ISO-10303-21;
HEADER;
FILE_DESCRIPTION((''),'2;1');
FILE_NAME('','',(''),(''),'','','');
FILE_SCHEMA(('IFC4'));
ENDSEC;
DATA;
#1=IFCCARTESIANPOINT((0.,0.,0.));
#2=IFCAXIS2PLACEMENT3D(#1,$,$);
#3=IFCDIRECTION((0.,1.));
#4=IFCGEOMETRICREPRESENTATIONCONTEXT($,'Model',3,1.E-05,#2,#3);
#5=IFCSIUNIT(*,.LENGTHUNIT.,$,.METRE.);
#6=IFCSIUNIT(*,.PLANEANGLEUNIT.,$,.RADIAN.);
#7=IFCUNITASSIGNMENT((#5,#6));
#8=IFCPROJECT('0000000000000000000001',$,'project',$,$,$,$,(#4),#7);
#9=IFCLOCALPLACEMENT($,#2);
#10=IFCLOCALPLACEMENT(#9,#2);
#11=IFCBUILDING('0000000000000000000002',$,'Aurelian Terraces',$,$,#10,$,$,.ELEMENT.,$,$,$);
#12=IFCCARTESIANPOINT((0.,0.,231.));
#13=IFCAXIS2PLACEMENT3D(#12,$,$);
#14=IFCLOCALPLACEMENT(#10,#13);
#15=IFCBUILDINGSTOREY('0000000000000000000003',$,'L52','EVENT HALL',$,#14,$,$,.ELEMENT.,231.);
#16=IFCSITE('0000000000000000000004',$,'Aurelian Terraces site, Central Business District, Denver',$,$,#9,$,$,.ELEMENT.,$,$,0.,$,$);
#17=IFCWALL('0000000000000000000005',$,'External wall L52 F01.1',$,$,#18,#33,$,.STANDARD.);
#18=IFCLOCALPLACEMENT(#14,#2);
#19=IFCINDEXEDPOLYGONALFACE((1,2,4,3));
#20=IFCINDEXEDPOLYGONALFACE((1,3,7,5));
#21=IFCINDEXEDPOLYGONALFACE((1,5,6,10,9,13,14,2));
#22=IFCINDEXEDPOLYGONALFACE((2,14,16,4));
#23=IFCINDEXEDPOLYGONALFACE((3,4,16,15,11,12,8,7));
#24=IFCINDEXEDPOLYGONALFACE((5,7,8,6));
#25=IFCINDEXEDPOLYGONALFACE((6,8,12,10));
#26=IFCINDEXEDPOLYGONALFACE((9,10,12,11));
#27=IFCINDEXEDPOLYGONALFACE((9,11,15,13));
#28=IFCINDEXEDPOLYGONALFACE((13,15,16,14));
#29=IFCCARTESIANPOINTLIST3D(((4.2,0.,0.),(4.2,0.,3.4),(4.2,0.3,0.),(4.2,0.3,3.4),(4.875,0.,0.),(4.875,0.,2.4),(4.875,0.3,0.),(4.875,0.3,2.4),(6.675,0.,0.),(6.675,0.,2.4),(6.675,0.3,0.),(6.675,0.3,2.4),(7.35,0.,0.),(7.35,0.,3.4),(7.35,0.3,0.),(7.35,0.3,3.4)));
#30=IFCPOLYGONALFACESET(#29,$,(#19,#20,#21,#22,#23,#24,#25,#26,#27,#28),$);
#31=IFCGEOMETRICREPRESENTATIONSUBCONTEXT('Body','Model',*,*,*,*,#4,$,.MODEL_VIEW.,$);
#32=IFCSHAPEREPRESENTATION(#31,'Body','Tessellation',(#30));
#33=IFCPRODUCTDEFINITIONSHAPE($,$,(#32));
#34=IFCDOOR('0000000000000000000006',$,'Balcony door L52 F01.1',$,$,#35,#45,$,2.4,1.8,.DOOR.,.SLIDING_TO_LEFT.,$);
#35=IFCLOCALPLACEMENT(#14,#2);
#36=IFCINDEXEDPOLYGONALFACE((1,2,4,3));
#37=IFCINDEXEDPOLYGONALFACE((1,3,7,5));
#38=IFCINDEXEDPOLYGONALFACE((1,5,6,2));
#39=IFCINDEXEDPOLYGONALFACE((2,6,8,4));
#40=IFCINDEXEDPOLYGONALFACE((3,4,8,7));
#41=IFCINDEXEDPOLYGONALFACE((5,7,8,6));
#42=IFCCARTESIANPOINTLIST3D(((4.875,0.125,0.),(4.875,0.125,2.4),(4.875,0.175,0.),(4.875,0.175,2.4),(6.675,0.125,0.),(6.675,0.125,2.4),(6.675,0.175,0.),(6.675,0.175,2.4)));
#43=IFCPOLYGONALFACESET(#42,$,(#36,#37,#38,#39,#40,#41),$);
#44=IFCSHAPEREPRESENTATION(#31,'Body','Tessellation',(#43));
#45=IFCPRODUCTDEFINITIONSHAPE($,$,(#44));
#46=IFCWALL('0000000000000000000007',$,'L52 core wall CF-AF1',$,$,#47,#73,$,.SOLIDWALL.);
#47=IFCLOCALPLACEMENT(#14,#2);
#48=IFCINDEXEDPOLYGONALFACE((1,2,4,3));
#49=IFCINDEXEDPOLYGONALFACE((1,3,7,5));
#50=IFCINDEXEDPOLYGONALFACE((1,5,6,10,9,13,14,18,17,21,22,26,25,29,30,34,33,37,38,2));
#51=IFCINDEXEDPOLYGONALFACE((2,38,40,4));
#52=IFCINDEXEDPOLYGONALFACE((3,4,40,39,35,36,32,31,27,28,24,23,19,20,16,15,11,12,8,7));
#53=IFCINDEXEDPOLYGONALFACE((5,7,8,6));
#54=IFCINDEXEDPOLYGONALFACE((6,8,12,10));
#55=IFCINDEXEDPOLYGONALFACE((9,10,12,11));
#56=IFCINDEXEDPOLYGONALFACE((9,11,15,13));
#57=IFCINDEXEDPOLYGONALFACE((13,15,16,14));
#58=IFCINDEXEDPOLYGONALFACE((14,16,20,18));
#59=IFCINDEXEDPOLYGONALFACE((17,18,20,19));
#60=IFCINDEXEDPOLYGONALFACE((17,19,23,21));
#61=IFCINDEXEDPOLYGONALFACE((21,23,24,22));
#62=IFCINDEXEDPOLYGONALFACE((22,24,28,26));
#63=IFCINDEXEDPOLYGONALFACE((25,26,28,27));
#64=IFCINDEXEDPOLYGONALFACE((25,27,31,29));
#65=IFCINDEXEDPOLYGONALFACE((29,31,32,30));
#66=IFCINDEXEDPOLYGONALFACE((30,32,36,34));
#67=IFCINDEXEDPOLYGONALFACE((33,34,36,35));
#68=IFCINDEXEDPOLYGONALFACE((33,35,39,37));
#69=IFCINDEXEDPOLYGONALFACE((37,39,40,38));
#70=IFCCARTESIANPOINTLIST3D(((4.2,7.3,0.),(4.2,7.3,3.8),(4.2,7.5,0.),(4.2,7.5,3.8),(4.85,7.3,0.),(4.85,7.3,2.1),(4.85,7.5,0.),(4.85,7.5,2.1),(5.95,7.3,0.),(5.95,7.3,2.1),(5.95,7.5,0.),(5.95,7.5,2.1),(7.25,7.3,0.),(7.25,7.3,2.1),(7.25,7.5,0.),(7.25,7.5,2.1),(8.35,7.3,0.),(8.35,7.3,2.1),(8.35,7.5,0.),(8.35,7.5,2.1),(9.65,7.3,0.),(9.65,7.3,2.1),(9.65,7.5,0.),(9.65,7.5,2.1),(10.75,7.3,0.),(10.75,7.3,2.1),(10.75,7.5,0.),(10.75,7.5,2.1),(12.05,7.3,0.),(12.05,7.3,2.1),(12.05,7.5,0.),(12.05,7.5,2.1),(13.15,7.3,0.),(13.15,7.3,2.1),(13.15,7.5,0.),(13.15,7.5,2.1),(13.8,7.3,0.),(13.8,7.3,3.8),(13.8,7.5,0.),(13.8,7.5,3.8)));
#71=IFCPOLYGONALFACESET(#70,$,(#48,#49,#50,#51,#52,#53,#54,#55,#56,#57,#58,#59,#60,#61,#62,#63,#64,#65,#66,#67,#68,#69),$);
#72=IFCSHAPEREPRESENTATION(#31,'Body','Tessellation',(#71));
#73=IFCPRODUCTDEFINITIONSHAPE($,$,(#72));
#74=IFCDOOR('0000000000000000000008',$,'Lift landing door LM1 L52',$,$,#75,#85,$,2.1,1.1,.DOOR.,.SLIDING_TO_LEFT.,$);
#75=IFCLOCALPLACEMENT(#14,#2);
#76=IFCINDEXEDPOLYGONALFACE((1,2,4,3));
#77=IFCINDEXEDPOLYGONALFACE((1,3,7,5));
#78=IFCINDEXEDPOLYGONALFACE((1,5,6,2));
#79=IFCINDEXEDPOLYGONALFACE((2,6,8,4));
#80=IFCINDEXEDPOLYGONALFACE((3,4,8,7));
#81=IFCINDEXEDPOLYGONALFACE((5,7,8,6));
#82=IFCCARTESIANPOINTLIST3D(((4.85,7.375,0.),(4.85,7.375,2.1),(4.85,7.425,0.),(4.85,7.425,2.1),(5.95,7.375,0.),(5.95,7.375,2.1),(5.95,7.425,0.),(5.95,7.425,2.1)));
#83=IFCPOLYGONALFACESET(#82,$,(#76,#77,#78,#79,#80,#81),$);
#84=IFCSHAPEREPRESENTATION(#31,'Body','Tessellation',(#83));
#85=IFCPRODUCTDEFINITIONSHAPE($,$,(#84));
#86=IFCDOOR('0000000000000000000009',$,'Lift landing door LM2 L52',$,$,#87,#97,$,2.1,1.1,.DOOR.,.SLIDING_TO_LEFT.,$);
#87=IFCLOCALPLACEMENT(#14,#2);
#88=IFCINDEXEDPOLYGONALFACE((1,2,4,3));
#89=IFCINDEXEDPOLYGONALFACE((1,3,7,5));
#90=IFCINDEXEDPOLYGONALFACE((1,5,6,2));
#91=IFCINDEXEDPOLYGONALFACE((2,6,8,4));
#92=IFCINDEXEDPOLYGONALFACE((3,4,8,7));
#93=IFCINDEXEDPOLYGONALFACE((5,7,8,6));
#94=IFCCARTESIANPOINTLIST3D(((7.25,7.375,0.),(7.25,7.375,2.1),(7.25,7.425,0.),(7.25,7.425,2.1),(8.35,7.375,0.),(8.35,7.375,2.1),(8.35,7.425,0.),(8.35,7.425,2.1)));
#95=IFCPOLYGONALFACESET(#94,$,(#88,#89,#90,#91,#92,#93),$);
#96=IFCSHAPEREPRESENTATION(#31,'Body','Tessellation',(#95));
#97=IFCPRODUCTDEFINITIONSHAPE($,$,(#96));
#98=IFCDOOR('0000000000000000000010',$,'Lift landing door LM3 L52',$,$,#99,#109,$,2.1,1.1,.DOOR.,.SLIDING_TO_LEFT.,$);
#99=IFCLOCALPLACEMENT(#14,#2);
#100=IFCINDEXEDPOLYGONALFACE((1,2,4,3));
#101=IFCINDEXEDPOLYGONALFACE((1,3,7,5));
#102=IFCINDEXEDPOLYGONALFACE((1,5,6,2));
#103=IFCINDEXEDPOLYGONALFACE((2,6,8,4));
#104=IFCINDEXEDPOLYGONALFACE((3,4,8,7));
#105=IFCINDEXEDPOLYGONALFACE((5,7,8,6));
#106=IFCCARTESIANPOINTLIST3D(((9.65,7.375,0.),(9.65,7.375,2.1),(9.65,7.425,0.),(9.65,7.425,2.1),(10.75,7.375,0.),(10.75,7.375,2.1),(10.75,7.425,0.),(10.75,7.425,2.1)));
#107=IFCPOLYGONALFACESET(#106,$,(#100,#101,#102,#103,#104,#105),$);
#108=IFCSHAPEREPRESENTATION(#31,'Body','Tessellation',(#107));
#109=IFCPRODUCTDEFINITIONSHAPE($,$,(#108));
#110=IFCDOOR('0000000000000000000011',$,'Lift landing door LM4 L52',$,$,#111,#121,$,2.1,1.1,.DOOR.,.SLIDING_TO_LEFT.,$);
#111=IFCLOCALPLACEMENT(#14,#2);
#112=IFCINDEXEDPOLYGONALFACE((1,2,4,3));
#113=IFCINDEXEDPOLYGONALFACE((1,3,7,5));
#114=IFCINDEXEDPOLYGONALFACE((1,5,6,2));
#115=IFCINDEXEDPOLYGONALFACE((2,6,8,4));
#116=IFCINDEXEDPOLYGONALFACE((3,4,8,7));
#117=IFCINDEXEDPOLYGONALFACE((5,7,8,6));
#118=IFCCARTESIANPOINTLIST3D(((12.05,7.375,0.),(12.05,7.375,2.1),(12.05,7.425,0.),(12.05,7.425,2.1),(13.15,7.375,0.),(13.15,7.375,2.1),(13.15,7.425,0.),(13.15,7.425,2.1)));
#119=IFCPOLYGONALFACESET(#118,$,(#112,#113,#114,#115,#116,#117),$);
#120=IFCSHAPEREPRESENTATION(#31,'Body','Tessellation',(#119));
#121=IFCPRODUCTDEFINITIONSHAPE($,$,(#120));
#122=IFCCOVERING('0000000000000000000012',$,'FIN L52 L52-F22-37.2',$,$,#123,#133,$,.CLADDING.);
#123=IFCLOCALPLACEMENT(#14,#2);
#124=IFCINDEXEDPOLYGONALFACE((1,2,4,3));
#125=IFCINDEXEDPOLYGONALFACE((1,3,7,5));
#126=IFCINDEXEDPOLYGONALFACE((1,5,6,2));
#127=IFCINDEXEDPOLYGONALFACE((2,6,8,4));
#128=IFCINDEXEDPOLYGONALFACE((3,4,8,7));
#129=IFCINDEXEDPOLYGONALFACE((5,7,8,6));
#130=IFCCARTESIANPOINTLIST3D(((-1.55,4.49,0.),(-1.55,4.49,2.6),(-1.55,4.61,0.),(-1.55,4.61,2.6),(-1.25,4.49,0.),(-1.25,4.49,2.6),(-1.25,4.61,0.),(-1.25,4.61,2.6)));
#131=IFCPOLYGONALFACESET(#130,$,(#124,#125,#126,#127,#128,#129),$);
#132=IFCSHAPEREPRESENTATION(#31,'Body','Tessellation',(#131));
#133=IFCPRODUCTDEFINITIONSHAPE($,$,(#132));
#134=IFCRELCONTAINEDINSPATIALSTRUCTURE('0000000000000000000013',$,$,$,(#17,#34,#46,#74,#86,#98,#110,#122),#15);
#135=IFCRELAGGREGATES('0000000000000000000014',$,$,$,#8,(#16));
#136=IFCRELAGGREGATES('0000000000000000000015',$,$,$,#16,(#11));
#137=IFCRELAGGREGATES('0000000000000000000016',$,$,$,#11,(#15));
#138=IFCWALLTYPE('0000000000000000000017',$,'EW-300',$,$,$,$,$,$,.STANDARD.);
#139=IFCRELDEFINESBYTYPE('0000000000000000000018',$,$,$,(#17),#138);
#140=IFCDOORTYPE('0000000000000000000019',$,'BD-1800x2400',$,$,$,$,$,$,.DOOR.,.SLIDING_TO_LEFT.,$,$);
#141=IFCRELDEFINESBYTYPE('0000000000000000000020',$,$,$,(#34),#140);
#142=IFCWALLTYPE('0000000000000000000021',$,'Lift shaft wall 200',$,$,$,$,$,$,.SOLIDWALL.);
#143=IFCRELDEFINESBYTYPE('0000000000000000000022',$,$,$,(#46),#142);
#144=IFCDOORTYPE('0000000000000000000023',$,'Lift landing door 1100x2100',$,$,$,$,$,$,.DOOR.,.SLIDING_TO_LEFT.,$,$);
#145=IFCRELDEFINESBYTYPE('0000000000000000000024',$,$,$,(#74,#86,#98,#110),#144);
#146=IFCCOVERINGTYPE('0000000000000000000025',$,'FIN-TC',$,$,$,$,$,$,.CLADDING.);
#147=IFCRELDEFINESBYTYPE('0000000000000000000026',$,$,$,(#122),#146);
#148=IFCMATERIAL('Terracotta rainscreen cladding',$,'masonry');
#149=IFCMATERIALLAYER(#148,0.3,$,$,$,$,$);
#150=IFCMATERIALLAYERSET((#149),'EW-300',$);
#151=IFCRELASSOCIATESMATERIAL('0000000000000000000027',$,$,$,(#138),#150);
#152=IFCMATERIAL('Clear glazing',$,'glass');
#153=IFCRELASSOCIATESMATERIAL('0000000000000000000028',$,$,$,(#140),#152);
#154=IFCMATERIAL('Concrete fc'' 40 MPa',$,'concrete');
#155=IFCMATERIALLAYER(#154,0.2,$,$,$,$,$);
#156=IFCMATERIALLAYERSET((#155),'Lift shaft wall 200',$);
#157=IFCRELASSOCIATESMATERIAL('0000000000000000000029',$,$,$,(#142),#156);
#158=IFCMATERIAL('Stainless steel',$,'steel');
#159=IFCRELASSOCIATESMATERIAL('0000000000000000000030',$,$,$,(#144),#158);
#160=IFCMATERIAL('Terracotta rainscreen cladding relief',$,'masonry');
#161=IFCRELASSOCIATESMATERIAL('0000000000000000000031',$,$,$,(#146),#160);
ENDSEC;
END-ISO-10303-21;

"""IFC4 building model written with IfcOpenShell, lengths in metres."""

from ifc_helpers import new_model, si_unit, direction, frame, frame_2d, origin, origin_2d, place, context, subcontext, project, spatial, rectangle, extrude, source, transform, mapped, material, layer, layer_set, type_object, element, fill, save


model = new_model("IFC4")

# Units and contexts
model_context = context("Model", 3, precision=1e-05, world=origin(), true_north=direction((0.0, 1.0)))
body_context = subcontext(model_context, "Body", "Model", "MODEL_VIEW")
ifc_project = project(units=[si_unit("LENGTHUNIT", "METRE"), si_unit("PLANEANGLEUNIT", "RADIAN")], contexts=[model_context])

# Site, building, storey
site_placement = place(None, origin())
site = spatial("IfcSite", under=ifc_project, at=site_placement, Name="Aurelian Terraces site, Central Business District, Denver", CompositionType="ELEMENT", RefElevation=0.0)
building_placement = place(site_placement, origin())
building = spatial("IfcBuilding", under=site, at=building_placement, Name="Aurelian Terraces", CompositionType="ELEMENT")
storey_placement = place(building_placement, frame((0.0, 0.0, 231.0)))
storey = spatial("IfcBuildingStorey", under=building, at=storey_placement, Name="L52", Description="EVENT HALL", CompositionType="ELEMENT", Elevation=231.0)

# Shared definitions
ifc_material_1 = material(Name="Concrete fc' 40 MPa", Category="concrete")

# Shared definitions
ifc_material_2 = material(Name="Terracotta rainscreen cladding", Category="masonry")
ifc_layer_1 = layer(ifc_material_2, 0.3)
ifc_layer_set_1 = layer_set([ifc_layer_1], Name="EW-300")
wall_type_1 = type_object("IfcWallType", Name="EW-300", PredefinedType="STANDARD", material=ifc_layer_set_1)
ifc_material_3 = material(Name="Clear glazing", Category="glass")

# Wall, opening, door
shared_shape_1 = source(origin(), body_context, "Body", "SweptSolid", [
    extrude(rectangle(XDim=3.15, YDim=0.3, at=frame_2d((1.575, 0.0))), origin(), (0.0, 0.0, 1.0), 3.4),
])
wall_1_placement = place(storey_placement, frame((4.2, 0.15, 0.0), z_axis=(0.0, 0.0, 1.0), x_axis=(1.0, 0.0, 0.0)))
wall_1 = element("IfcWall", 1, at=wall_1_placement, inside=storey, type_object=wall_type_1, Name="External wall L52 F01.1", PredefinedType="STANDARD", context=body_context, shape_type="MappedRepresentation", body=[
    mapped(shared_shape_1, transform((0.0, 0.0, 0.0), scale=1.0)),
])
shared_shape_2 = source(origin(), body_context, "Body", "SweptSolid", [
    extrude(rectangle(XDim=1.8, YDim=2.4, at=frame_2d((0.9, 1.2))), frame((0.0, 0.16, 0.0), z_axis=(0.0, -1.0, 0.0), x_axis=(1.0, 0.0, 0.0)), (0.0, 0.0, 1.0), 0.32),
])
opening_1_placement = place(wall_1_placement, frame((0.675, 0.0, 0.0)))
opening_1 = element("IfcOpeningElement", 2, at=opening_1_placement, cuts=wall_1, PredefinedType="OPENING", context=body_context, shape_type="MappedRepresentation", body=[
    mapped(shared_shape_2, transform((0.0, 0.0, 0.0), scale=1.0)),
])
door_type_1 = type_object("IfcDoorType", Name="BD-1800x2400", OperationType="SLIDING_TO_LEFT", PredefinedType="DOOR", material=ifc_material_3)
shared_shape_3 = source(origin(), body_context, "Body", "SweptSolid", [
    extrude(rectangle(XDim=1.8, YDim=2.4, at=frame_2d((0.9, 1.2))), frame((0.0, 0.025, 0.0), z_axis=(0.0, -1.0, 0.0), x_axis=(1.0, 0.0, 0.0)), (0.0, 0.0, 1.0), 0.05),
])
door_1_placement = place(opening_1_placement, origin())
door_1 = element("IfcDoor", 3, at=door_1_placement, inside=storey, type_object=door_type_1, Name="Balcony door L52 F01.1", OperationType="SLIDING_TO_LEFT", OverallHeight=2.4, OverallWidth=1.8, PredefinedType="DOOR", context=body_context, shape_type="MappedRepresentation", body=[
    mapped(shared_shape_3, transform((0.0, 0.0, 0.0), scale=1.0)),
])
fill(opening_1, door_1)

# Wall, openings, doors
ifc_layer_2 = layer(ifc_material_1, 0.2)
ifc_layer_set_2 = layer_set([ifc_layer_2], Name="Lift shaft wall 200")
wall_type_2 = type_object("IfcWallType", Name="Lift shaft wall 200", PredefinedType="SOLIDWALL", material=ifc_layer_set_2)
shared_shape_4 = source(origin(), body_context, "Body", "SweptSolid", [
    extrude(rectangle(XDim=9.6, YDim=0.2, at=frame_2d((4.8, 0.0))), origin(), (0.0, 0.0, 1.0), 3.8),
])
wall_2_placement = place(storey_placement, frame((4.2, 7.4, 0.0), z_axis=(0.0, 0.0, 1.0), x_axis=(1.0, 0.0, 0.0)))
wall_2 = element("IfcWall", 4, at=wall_2_placement, inside=storey, type_object=wall_type_2, Name="L52 core wall CF-AF1", PredefinedType="SOLIDWALL", context=body_context, shape_type="MappedRepresentation", body=[
    mapped(shared_shape_4, transform((0.0, 0.0, 0.0), scale=1.0)),
])
shared_shape_5 = source(origin(), body_context, "Body", "SweptSolid", [
    extrude(rectangle(XDim=1.1, YDim=2.1, at=frame_2d((0.55, 1.05))), frame((0.0, 0.11, 0.0), z_axis=(0.0, -1.0, 0.0), x_axis=(1.0, 0.0, 0.0)), (0.0, 0.0, 1.0), 0.22),
])
opening_2_placement = place(wall_2_placement, frame((0.65, 0.0, 0.0)))
opening_2 = element("IfcOpeningElement", 5, at=opening_2_placement, cuts=wall_2, PredefinedType="OPENING", context=body_context, shape_type="MappedRepresentation", body=[
    mapped(shared_shape_5, transform((0.0, 0.0, 0.0), scale=1.0)),
])
opening_3_placement = place(wall_2_placement, frame((3.05, 0.0, 0.0)))
opening_3 = element("IfcOpeningElement", 6, at=opening_3_placement, cuts=wall_2, PredefinedType="OPENING", context=body_context, shape_type="MappedRepresentation", body=[
    mapped(shared_shape_5, transform((0.0, 0.0, 0.0), scale=1.0)),
])
opening_4_placement = place(wall_2_placement, frame((5.45, 0.0, 0.0)))
opening_4 = element("IfcOpeningElement", 7, at=opening_4_placement, cuts=wall_2, PredefinedType="OPENING", context=body_context, shape_type="MappedRepresentation", body=[
    mapped(shared_shape_5, transform((0.0, 0.0, 0.0), scale=1.0)),
])
opening_5_placement = place(wall_2_placement, frame((7.85, 0.0, 0.0)))
opening_5 = element("IfcOpeningElement", 8, at=opening_5_placement, cuts=wall_2, PredefinedType="OPENING", context=body_context, shape_type="MappedRepresentation", body=[
    mapped(shared_shape_5, transform((0.0, 0.0, 0.0), scale=1.0)),
])
ifc_material_4 = material(Name="Stainless steel", Category="steel")
door_type_2 = type_object("IfcDoorType", Name="Lift landing door 1100x2100", OperationType="SLIDING_TO_LEFT", PredefinedType="DOOR", material=ifc_material_4)
shared_shape_6 = source(origin(), body_context, "Body", "SweptSolid", [
    extrude(rectangle(XDim=1.1, YDim=2.1, at=frame_2d((0.55, 1.05))), frame((0.0, 0.025, 0.0), z_axis=(0.0, -1.0, 0.0), x_axis=(1.0, 0.0, 0.0)), (0.0, 0.0, 1.0), 0.05),
])
door_2_placement = place(opening_2_placement, origin())
door_2 = element("IfcDoor", 9, at=door_2_placement, inside=storey, type_object=door_type_2, Name="Lift landing door LM1 L52", OperationType="SLIDING_TO_LEFT", OverallHeight=2.1, OverallWidth=1.1, PredefinedType="DOOR", context=body_context, shape_type="MappedRepresentation", body=[
    mapped(shared_shape_6, transform((0.0, 0.0, 0.0), scale=1.0)),
])
fill(opening_2, door_2)
door_3_placement = place(opening_3_placement, origin())
door_3 = element("IfcDoor", 10, at=door_3_placement, inside=storey, type_object=door_type_2, Name="Lift landing door LM2 L52", OperationType="SLIDING_TO_LEFT", OverallHeight=2.1, OverallWidth=1.1, PredefinedType="DOOR", context=body_context, shape_type="MappedRepresentation", body=[
    mapped(shared_shape_6, transform((0.0, 0.0, 0.0), scale=1.0)),
])
fill(opening_3, door_3)
door_4_placement = place(opening_4_placement, origin())
door_4 = element("IfcDoor", 11, at=door_4_placement, inside=storey, type_object=door_type_2, Name="Lift landing door LM3 L52", OperationType="SLIDING_TO_LEFT", OverallHeight=2.1, OverallWidth=1.1, PredefinedType="DOOR", context=body_context, shape_type="MappedRepresentation", body=[
    mapped(shared_shape_6, transform((0.0, 0.0, 0.0), scale=1.0)),
])
fill(opening_4, door_4)
door_5_placement = place(opening_5_placement, origin())
door_5 = element("IfcDoor", 12, at=door_5_placement, inside=storey, type_object=door_type_2, Name="Lift landing door LM4 L52", OperationType="SLIDING_TO_LEFT", OverallHeight=2.1, OverallWidth=1.1, PredefinedType="DOOR", context=body_context, shape_type="MappedRepresentation", body=[
    mapped(shared_shape_6, transform((0.0, 0.0, 0.0), scale=1.0)),
])
fill(opening_5, door_5)

# Covering
ifc_material_5 = material(Name="Terracotta rainscreen cladding relief", Category="masonry")
covering_type = type_object("IfcCoveringType", Name="FIN-TC", PredefinedType="CLADDING", material=ifc_material_5)
shared_shape_7 = source(origin(), body_context, "Body", "SweptSolid", [
    extrude(rectangle(XDim=0.3, YDim=0.12, at=origin_2d()), origin(), (0.0, 0.0, 1.0), 2.6),
])
covering_placement = place(storey_placement, frame((-1.4, 4.55, 0.0), z_axis=(0.0, 0.0, 1.0), x_axis=(1.0, 0.0, 0.0)))
element("IfcCovering", 13, at=covering_placement, inside=storey, type_object=covering_type, Name="FIN L52 L52-F22-37.2", PredefinedType="CLADDING", context=body_context, shape_type="MappedRepresentation", body=[
    mapped(shared_shape_7, transform((0.0, 0.0, 0.0), scale=1.0)),
])

save(model, "model.ifc")
